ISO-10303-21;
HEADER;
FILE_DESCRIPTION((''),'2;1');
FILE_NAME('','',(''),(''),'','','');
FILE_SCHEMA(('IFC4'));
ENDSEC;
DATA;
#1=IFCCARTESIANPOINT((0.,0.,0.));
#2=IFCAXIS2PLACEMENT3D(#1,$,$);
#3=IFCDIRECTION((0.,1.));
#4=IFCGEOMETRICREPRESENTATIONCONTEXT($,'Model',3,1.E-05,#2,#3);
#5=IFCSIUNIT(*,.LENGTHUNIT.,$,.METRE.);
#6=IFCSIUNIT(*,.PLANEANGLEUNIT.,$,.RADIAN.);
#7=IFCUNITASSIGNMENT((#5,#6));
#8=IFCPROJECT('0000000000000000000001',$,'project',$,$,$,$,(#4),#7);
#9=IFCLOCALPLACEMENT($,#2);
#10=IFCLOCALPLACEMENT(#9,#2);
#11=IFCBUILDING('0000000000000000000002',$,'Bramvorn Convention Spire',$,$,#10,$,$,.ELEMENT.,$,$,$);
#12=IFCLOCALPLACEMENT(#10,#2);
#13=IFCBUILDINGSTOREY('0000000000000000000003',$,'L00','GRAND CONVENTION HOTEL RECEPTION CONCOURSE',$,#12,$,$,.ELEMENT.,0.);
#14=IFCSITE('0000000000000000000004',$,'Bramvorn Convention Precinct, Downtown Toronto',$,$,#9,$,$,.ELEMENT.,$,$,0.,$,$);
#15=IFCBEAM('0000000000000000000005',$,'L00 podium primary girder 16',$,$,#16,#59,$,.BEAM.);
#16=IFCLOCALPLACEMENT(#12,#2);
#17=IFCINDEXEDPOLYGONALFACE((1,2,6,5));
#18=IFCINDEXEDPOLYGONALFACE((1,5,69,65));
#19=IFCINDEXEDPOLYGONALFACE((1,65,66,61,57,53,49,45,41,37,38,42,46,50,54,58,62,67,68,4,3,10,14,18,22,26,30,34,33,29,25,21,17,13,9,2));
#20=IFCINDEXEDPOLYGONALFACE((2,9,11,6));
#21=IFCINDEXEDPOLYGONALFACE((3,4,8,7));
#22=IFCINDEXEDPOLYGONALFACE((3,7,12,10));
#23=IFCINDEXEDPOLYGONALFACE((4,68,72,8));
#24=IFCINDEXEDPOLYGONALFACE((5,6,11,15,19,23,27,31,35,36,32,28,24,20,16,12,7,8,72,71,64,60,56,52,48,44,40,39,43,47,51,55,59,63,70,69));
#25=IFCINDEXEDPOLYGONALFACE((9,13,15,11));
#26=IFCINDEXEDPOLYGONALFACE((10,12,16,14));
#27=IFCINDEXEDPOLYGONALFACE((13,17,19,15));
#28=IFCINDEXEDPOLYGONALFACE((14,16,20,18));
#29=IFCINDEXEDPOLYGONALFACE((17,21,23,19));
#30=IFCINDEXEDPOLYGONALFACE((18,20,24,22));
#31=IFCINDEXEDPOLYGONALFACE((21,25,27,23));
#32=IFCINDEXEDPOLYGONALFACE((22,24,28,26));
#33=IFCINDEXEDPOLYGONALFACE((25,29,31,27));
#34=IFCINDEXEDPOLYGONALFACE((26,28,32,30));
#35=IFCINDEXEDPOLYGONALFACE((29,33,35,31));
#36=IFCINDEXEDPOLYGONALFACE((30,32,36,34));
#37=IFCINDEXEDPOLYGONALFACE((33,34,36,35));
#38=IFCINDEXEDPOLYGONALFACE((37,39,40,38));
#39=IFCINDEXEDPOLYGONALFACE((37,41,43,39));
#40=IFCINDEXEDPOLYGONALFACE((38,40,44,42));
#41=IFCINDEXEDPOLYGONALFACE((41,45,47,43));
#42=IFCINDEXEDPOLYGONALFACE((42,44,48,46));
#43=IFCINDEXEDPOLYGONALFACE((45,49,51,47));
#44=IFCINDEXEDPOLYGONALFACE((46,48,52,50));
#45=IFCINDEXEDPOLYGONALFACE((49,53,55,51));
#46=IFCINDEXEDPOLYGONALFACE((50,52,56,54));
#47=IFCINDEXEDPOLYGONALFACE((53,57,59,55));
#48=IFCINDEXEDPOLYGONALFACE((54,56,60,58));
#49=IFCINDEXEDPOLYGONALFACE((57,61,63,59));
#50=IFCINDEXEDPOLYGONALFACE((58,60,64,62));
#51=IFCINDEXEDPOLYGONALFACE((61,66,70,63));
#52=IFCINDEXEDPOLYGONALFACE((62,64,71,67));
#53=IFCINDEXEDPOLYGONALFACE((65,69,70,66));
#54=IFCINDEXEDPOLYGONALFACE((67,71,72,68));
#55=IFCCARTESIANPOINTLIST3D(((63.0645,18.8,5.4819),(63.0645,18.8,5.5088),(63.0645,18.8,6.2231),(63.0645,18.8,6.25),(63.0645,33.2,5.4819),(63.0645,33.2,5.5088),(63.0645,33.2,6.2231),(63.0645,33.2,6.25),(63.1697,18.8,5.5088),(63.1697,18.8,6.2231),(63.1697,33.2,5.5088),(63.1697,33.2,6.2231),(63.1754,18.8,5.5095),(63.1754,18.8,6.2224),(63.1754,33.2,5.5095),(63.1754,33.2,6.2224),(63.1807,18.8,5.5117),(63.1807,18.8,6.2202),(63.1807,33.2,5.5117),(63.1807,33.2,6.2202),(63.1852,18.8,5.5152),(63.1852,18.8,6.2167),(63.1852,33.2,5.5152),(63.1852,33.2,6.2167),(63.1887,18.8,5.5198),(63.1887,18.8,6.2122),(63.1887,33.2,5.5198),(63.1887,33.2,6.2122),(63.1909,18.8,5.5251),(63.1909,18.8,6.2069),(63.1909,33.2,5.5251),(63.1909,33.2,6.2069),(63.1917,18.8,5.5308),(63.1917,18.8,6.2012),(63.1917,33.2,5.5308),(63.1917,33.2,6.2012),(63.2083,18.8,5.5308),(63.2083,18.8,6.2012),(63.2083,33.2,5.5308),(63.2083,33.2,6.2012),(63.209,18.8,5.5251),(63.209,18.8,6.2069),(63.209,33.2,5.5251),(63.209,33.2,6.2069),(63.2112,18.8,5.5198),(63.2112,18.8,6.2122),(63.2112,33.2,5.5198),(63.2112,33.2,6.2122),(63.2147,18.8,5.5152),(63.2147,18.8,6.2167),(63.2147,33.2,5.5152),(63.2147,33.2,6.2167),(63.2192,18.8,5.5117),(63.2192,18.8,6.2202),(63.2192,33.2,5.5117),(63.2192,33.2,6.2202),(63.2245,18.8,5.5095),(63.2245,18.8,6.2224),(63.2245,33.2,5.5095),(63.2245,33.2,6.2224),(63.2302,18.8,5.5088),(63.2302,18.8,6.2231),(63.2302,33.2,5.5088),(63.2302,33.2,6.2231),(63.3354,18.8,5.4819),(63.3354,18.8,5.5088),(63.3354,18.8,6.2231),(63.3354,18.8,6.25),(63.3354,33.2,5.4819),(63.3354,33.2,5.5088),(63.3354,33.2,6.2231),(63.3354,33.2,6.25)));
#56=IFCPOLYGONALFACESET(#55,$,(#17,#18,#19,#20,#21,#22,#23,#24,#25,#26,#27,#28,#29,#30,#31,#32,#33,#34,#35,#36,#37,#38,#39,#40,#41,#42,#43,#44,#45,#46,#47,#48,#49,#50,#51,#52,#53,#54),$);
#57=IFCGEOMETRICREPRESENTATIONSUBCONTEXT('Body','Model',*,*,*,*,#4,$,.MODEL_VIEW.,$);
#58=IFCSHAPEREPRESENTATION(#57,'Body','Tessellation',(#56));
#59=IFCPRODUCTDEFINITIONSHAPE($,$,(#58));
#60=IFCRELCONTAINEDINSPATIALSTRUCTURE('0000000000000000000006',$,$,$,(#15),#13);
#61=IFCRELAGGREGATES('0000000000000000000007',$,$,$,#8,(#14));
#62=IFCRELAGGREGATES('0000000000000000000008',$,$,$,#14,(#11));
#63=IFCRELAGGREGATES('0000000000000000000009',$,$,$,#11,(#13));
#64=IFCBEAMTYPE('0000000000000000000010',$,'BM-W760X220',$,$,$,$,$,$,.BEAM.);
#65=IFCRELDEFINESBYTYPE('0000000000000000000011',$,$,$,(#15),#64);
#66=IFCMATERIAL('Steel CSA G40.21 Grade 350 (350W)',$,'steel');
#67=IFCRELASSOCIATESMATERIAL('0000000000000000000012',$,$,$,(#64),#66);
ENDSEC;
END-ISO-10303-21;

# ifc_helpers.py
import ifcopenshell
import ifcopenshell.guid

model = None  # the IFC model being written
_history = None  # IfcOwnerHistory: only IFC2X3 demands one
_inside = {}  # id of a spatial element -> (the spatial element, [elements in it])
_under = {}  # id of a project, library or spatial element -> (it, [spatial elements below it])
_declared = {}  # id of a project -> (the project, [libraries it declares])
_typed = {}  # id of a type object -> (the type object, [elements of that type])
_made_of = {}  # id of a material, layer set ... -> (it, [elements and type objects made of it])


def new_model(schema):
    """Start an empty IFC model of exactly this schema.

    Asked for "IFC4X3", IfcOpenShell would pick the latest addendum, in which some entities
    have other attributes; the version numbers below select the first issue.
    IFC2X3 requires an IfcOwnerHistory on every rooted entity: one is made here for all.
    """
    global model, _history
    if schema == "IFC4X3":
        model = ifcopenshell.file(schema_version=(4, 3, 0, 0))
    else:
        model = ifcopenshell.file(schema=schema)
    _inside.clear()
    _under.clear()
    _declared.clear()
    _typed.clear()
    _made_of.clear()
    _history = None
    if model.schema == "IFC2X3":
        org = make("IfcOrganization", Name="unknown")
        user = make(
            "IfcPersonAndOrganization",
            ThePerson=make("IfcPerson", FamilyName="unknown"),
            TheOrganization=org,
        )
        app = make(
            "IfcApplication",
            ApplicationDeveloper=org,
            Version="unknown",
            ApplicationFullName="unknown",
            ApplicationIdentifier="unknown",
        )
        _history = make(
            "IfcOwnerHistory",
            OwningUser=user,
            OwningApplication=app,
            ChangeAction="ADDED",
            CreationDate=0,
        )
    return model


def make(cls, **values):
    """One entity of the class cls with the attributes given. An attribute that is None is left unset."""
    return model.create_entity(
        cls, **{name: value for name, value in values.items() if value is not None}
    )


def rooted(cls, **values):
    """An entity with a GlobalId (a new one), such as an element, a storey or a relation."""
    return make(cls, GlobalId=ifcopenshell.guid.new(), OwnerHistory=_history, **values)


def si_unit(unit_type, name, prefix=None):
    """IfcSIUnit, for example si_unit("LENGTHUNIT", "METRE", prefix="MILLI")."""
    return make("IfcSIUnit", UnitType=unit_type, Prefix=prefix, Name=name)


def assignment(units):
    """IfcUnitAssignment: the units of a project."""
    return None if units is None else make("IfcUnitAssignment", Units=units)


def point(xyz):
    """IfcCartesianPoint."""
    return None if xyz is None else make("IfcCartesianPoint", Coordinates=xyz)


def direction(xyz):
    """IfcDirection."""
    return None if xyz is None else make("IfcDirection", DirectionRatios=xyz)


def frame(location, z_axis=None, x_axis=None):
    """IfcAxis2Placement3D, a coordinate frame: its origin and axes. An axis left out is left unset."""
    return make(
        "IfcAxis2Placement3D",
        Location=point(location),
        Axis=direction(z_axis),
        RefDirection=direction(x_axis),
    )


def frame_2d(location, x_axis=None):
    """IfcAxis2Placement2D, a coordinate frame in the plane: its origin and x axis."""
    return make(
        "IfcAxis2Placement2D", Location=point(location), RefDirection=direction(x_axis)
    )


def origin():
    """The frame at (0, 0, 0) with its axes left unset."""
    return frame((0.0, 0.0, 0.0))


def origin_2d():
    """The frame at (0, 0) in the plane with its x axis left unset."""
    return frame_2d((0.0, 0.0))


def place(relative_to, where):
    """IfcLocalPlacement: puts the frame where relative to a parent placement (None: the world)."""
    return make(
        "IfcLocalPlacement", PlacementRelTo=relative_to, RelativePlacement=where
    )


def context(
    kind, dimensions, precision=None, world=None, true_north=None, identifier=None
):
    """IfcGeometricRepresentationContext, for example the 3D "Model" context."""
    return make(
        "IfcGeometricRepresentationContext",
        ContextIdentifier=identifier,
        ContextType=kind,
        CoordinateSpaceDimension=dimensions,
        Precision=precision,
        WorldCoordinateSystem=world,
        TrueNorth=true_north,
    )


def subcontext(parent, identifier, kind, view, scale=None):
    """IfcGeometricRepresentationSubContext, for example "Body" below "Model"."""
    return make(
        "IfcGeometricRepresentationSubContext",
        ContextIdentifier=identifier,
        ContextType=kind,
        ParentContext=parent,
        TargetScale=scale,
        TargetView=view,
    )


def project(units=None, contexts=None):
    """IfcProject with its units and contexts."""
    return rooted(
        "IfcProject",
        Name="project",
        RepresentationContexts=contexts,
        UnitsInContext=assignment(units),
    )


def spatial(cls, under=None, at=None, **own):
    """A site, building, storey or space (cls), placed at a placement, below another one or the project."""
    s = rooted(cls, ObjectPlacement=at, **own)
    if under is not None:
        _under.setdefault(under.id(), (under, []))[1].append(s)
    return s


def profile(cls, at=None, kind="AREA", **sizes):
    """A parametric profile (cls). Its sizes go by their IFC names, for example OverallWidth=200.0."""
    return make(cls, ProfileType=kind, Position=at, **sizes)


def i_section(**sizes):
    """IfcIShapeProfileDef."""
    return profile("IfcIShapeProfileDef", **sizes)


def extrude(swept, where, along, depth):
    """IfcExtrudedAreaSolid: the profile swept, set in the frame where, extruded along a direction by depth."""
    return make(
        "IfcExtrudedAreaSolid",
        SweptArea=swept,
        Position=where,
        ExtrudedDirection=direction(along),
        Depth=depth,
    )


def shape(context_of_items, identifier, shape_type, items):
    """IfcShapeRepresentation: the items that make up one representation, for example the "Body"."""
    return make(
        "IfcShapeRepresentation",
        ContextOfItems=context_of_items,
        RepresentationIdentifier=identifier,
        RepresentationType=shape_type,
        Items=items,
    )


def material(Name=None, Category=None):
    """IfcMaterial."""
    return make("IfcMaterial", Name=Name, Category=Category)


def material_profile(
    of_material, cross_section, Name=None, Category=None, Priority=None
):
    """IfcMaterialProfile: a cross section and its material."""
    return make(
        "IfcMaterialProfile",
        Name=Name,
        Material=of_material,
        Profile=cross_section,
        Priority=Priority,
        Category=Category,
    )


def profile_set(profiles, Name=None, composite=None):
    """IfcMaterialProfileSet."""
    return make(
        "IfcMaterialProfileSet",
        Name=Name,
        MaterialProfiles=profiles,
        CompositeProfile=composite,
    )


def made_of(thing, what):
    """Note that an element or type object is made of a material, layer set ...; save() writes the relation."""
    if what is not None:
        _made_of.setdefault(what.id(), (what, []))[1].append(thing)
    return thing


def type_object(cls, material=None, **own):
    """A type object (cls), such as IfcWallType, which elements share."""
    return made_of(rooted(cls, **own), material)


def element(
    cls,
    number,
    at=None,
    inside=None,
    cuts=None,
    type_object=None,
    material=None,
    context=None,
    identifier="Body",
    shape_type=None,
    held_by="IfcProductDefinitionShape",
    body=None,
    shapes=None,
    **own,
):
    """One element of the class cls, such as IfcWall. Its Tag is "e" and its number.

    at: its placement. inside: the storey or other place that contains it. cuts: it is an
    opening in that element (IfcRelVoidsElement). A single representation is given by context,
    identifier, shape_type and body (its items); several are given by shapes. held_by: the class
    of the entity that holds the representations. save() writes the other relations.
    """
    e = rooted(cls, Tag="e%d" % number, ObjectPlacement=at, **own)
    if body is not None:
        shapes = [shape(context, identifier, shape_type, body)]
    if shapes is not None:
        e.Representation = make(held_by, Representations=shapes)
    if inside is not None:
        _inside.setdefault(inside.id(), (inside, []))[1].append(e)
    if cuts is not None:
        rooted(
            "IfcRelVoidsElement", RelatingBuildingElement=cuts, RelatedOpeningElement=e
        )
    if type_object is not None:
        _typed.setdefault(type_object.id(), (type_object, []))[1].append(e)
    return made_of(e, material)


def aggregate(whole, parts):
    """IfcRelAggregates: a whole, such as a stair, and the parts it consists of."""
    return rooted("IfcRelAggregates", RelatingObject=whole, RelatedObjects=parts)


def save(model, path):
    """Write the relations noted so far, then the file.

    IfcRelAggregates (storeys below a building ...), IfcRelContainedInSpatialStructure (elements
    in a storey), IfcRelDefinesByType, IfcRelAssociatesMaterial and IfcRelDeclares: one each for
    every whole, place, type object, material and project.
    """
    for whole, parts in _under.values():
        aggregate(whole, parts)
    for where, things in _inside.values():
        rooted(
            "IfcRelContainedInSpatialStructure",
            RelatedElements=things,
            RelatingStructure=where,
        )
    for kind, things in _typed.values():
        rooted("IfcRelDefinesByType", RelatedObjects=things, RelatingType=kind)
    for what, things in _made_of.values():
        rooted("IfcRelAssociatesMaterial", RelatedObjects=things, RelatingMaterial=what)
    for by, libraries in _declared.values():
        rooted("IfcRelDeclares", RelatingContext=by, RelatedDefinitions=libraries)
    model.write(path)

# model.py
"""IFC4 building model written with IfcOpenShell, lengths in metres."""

from ifc_helpers import new_model, si_unit, direction, frame, origin, origin_2d, place, context, subcontext, project, spatial, i_section, extrude, material, material_profile, profile_set, type_object, element, save


model = new_model("IFC4")

# Units and contexts
model_context = context("Model", 3, precision=1e-05, world=origin(), true_north=direction((0.0, 1.0)))
body_context = subcontext(model_context, "Body", "Model", "MODEL_VIEW")
ifc_project = project(units=[si_unit("LENGTHUNIT", "METRE"), si_unit("PLANEANGLEUNIT", "RADIAN")], contexts=[model_context])

# Site, building, storey
site_placement = place(None, origin())
site = spatial("IfcSite", under=ifc_project, at=site_placement, Name="Bramvorn Convention Precinct, Downtown Toronto", CompositionType="ELEMENT", RefElevation=0.0)
building_placement = place(site_placement, origin())
building = spatial("IfcBuilding", under=site, at=building_placement, Name="Bramvorn Convention Spire", CompositionType="ELEMENT")
storey_placement = place(building_placement, origin())
storey = spatial("IfcBuildingStorey", under=building, at=storey_placement, Name="L00", Description="GRAND CONVENTION HOTEL RECEPTION CONCOURSE", CompositionType="ELEMENT", Elevation=0.0)

# Shared definitions
ifc_material_1 = material(Name="Steel CSA G40.21 Grade 350 (350W)", Category="steel")

# Beam
ifc_material_profile_1 = material_profile(ifc_material_1, i_section(OverallWidth=0.271, OverallDepth=0.7681, WebThickness=0.0166, FlangeThickness=0.0269, FilletRadius=0.022, at=origin_2d()))
ifc_profile_set_1 = profile_set([ifc_material_profile_1], Name="Steel CSA G40.21 Grade 350 (350W) - W760X220")
beam_type_1 = type_object("IfcBeamType", Name="BM-W760X220", PredefinedType="BEAM", material=ifc_profile_set_1)
beam_1_placement = place(storey_placement, frame((63.2, 18.8, 5.866), z_axis=(0.0, 1.0, 0.0), x_axis=(-1.0, 0.0, 0.0)))
element("IfcBeam", 1, at=beam_1_placement, inside=storey, type_object=beam_type_1, Name="L00 podium primary girder 16", PredefinedType="BEAM", context=body_context, shape_type="SweptSolid", body=[
    extrude(i_section(OverallWidth=0.271, OverallDepth=0.7681, WebThickness=0.0166, FlangeThickness=0.0269, FilletRadius=0.022, at=origin_2d()), origin(), (0.0, 0.0, 1.0), 14.3999),
])

save(model, "model.ifc")
